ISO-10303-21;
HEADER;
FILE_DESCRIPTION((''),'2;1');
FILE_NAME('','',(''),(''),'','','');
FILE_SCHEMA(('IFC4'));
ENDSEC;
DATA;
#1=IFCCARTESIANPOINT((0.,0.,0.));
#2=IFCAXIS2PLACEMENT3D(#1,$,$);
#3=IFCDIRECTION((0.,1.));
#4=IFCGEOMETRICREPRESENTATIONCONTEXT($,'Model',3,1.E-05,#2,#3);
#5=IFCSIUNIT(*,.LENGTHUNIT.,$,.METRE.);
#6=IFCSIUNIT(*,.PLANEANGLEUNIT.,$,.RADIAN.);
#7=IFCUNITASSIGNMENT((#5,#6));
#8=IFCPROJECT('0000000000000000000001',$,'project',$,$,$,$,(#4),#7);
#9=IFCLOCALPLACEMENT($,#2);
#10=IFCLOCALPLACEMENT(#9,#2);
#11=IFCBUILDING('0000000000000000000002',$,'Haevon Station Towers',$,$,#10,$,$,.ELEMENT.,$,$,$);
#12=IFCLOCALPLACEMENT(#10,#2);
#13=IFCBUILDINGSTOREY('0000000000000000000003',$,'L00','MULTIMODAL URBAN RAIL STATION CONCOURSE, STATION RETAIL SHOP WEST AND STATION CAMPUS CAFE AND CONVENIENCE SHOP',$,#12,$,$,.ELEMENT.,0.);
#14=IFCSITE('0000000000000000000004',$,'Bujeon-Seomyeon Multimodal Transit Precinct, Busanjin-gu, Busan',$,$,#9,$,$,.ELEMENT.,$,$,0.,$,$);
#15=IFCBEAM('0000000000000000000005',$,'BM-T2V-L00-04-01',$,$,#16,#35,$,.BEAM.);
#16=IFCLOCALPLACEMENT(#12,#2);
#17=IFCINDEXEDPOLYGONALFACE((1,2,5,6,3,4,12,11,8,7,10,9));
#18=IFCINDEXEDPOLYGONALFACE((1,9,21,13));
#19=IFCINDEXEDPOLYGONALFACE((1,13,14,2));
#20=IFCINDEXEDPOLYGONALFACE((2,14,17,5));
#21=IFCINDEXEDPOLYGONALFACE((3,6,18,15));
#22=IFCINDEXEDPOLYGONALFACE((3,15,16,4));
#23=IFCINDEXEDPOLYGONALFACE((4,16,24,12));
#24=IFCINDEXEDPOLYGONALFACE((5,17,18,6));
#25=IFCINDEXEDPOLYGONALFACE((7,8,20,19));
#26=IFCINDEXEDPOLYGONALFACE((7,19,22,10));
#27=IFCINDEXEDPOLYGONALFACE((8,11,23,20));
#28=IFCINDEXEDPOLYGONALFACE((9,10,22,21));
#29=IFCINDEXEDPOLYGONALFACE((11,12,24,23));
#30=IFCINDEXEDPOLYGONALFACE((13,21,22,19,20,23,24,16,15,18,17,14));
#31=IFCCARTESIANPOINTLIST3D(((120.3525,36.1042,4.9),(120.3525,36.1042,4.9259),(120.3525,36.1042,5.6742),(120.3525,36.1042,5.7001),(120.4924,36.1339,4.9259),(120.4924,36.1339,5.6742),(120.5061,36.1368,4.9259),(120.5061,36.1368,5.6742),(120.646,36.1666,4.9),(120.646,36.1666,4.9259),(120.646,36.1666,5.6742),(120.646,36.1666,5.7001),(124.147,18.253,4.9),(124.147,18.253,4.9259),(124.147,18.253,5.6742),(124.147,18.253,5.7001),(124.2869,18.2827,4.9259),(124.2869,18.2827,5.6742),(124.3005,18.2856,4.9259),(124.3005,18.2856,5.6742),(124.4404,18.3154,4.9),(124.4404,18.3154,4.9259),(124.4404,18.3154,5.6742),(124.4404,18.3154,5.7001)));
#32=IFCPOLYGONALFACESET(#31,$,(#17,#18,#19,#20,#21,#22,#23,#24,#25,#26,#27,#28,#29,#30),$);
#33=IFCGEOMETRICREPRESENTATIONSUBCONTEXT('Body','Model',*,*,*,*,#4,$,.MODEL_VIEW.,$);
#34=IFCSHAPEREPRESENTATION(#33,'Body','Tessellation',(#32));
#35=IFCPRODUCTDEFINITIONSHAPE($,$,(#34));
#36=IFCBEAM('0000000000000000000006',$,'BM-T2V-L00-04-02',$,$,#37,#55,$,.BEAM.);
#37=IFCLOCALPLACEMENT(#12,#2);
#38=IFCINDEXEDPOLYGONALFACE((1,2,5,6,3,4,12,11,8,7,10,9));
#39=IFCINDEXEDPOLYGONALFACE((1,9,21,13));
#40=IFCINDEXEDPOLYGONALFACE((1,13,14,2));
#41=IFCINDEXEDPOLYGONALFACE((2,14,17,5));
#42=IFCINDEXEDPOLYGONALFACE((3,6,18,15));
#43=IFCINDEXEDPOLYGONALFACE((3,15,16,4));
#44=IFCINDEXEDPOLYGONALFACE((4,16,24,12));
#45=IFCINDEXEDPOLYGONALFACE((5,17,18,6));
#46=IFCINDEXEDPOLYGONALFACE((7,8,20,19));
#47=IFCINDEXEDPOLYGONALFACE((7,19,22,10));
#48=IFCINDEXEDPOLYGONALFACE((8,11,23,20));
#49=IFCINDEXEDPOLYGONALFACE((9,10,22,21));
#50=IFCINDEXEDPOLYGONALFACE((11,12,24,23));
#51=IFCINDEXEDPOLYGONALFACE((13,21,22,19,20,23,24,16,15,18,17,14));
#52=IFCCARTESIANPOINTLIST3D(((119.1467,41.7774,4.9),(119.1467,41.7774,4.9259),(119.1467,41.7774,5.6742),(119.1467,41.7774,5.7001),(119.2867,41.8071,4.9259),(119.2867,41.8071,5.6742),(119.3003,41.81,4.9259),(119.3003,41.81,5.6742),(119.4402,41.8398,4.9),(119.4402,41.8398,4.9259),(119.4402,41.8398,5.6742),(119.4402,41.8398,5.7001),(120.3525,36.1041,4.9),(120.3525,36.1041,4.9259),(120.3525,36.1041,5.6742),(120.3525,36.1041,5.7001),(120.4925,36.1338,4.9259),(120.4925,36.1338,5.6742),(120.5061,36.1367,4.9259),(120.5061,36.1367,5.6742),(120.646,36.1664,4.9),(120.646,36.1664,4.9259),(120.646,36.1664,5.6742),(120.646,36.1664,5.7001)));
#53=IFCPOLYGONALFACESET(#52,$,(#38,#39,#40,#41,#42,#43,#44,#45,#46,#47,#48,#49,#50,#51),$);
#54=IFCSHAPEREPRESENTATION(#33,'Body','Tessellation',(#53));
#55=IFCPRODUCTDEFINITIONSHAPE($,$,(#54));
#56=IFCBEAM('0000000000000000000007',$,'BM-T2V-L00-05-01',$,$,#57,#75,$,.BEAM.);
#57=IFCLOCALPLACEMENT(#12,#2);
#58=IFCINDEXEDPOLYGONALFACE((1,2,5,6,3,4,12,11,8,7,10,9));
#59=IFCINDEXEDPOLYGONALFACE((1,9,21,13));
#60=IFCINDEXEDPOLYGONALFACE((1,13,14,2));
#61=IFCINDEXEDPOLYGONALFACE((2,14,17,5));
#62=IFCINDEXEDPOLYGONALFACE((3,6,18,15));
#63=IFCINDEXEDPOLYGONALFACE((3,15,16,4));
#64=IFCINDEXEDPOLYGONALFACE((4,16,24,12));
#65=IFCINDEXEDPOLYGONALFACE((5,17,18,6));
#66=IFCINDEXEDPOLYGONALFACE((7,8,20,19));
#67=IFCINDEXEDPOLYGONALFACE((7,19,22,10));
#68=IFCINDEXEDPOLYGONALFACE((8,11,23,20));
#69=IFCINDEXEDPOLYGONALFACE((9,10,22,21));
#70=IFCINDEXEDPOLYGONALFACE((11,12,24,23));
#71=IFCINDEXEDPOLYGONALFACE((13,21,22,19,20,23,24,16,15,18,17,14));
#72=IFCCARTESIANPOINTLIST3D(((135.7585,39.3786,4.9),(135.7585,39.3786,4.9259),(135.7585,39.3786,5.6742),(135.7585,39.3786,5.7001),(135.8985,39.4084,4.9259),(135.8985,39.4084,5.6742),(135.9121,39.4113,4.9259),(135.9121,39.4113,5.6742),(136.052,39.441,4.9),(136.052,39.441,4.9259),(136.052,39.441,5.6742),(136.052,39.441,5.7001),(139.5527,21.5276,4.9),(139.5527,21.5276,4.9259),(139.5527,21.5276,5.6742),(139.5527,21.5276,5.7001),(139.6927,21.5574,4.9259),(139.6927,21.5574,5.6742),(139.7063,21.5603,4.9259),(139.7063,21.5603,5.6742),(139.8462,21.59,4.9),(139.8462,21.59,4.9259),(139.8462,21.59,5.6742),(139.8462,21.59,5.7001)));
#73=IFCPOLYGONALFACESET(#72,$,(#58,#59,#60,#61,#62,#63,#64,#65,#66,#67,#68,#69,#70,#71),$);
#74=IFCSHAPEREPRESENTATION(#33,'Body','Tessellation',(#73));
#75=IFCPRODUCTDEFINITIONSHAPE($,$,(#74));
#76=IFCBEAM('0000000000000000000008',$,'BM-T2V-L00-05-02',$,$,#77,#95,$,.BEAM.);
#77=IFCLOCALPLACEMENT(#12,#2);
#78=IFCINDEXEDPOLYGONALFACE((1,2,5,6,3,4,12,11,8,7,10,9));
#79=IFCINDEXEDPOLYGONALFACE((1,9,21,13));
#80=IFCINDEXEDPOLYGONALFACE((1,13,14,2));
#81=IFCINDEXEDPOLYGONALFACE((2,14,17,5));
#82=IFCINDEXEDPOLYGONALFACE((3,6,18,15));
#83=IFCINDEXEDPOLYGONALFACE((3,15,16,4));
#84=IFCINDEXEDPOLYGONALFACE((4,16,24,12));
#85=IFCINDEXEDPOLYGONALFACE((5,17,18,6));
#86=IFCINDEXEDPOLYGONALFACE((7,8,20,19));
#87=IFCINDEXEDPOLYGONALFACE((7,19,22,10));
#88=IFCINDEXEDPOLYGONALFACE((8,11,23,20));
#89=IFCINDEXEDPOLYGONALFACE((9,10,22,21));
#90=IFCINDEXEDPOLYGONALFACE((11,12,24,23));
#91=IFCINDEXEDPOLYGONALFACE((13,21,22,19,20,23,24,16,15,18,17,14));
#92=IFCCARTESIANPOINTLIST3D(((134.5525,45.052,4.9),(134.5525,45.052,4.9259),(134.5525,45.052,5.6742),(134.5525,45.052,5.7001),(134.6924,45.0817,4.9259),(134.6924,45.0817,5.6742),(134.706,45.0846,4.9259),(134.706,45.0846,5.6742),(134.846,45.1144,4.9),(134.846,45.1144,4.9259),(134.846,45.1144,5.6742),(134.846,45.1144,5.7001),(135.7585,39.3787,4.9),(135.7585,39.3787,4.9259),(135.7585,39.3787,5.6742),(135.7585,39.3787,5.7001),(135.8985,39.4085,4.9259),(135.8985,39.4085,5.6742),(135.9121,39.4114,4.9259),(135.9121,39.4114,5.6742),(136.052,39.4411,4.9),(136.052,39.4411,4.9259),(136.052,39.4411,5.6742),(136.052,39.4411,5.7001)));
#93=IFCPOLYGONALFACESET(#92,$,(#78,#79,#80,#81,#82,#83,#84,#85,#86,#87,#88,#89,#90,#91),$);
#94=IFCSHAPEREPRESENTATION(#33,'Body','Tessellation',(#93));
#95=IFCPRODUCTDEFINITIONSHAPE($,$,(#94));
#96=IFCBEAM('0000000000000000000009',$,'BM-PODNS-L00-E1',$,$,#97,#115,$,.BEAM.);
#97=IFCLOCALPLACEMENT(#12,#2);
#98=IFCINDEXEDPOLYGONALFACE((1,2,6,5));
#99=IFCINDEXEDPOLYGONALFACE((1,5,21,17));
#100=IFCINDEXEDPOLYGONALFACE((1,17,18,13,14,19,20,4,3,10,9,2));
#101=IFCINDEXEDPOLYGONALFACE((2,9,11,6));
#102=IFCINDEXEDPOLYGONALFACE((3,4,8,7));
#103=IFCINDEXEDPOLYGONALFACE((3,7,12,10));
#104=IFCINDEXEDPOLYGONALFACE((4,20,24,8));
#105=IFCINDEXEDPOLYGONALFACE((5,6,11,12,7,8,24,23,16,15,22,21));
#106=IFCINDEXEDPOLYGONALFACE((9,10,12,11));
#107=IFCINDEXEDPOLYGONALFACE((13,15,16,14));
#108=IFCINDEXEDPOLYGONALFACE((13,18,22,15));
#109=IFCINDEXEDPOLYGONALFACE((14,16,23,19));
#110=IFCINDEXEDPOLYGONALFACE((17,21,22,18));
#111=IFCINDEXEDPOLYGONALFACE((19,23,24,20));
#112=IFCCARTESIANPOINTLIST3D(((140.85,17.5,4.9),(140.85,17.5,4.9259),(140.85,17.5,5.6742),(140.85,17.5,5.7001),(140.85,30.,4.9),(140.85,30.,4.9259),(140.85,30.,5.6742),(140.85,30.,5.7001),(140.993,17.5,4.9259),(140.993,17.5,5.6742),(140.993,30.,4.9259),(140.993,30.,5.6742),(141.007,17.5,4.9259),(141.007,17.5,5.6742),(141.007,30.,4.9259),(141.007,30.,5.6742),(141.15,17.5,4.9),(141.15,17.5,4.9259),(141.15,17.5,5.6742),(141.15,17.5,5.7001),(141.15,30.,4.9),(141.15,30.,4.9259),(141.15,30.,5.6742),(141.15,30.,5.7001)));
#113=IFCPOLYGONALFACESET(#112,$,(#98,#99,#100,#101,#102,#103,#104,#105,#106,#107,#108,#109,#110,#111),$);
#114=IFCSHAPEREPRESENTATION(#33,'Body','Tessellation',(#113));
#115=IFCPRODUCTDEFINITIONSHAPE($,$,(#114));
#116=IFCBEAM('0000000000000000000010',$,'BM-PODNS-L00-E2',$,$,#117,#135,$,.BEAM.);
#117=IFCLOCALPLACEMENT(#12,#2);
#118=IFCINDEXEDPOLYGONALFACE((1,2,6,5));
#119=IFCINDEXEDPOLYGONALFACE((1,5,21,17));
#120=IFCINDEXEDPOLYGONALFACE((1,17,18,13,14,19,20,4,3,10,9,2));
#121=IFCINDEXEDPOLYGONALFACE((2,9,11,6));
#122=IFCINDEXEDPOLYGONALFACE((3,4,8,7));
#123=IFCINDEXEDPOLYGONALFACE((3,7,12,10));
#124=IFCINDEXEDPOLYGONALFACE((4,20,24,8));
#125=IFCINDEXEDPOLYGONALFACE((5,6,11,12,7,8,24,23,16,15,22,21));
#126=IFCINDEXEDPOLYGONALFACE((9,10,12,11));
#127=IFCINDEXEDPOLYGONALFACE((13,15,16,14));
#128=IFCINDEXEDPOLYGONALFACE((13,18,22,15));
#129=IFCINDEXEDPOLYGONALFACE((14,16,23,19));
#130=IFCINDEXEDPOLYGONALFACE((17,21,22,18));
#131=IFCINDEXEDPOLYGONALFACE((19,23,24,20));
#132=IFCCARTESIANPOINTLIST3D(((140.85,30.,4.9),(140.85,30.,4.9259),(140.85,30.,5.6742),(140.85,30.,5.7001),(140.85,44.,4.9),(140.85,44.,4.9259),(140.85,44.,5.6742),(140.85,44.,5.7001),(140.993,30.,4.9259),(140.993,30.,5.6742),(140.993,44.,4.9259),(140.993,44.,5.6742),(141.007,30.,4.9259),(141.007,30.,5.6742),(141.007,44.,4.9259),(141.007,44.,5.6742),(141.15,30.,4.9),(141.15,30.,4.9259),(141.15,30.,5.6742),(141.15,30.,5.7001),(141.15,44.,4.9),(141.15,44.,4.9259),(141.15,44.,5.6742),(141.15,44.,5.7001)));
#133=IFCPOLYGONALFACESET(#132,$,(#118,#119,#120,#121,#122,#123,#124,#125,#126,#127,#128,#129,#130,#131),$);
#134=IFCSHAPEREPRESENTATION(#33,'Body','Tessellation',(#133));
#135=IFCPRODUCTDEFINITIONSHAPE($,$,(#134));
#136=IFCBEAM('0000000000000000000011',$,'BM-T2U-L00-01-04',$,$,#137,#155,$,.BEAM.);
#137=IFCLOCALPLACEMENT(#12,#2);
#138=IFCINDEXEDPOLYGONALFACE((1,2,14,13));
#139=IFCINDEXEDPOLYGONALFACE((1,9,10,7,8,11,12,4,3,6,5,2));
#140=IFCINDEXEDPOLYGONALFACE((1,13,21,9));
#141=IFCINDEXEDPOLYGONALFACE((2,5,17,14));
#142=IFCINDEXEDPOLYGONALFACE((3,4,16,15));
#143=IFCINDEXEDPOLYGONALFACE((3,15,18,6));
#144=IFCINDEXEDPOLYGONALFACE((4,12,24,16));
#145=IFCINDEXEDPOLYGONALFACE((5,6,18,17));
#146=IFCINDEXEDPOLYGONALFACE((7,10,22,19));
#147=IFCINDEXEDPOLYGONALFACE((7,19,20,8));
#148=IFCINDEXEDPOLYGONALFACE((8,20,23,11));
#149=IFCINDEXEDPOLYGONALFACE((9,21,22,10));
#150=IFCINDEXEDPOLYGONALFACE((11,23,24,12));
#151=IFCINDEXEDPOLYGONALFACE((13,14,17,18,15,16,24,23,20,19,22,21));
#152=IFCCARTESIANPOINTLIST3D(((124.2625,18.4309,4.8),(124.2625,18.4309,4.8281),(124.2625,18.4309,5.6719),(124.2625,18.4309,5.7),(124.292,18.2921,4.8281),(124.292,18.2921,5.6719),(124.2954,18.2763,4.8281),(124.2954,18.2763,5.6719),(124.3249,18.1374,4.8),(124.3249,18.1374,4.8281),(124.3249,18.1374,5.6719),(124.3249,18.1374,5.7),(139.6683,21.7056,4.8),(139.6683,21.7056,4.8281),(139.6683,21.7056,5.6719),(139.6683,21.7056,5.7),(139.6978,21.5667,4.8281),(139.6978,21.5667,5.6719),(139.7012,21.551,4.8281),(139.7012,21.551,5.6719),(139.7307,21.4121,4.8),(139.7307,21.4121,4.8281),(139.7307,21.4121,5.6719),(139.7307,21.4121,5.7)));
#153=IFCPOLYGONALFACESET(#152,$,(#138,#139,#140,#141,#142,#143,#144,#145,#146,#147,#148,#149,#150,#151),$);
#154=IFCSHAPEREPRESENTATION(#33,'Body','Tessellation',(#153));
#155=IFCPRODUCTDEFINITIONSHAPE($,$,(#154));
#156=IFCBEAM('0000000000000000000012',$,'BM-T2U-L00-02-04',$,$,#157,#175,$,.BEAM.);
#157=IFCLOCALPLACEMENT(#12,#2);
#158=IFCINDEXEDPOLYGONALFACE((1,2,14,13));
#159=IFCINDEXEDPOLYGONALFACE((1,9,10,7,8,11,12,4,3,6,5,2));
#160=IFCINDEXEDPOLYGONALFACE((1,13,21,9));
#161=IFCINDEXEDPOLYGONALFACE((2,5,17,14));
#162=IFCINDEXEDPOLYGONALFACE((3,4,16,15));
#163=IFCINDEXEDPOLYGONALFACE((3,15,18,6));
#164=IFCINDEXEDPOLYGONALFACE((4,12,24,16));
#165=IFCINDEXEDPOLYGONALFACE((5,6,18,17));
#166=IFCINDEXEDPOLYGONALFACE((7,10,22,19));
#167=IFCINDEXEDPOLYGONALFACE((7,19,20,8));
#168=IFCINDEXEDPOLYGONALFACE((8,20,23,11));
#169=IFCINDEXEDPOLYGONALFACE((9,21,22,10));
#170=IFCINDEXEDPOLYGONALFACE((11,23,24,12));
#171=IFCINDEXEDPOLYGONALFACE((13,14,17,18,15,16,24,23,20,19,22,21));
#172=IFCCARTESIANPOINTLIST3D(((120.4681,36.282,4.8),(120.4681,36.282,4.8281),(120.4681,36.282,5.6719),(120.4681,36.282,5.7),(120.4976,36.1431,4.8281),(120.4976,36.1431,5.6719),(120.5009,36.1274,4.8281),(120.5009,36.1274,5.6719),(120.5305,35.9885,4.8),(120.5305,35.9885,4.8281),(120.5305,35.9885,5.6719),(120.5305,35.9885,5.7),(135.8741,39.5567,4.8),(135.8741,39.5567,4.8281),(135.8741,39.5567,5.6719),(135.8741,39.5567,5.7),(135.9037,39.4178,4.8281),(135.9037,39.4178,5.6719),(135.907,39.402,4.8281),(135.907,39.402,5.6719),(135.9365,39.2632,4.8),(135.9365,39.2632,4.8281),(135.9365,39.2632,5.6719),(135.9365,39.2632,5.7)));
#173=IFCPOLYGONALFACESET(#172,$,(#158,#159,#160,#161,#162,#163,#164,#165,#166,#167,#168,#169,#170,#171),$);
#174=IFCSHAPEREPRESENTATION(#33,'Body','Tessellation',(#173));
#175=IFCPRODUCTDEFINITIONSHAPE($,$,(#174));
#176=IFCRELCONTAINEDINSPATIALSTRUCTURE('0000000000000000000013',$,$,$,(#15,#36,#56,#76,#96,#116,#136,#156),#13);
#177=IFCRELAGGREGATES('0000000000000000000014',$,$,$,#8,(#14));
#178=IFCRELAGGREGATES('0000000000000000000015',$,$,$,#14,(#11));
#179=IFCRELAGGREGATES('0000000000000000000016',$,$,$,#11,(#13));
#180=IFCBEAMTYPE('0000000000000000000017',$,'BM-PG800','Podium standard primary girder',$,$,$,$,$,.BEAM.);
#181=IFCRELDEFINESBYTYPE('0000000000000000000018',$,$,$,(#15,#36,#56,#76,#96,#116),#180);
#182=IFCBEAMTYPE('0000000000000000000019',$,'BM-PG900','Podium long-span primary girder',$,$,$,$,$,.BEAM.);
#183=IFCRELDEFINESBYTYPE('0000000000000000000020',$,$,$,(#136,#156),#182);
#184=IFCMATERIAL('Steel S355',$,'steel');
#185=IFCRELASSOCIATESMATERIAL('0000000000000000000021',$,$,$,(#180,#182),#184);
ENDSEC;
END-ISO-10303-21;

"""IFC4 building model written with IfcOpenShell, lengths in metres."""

from ifc_helpers import new_model, si_unit, direction, frame, origin, origin_2d, place, context, subcontext, project, spatial, i_section, extrude, material, material_profile, profile_set, type_object, element, save


model = new_model("IFC4")

# Units and contexts
model_context = context("Model", 3, precision=1e-05, world=origin(), true_north=direction((0.0, 1.0)))
body_context = subcontext(model_context, "Body", "Model", "MODEL_VIEW")
ifc_project = project(units=[si_unit("LENGTHUNIT", "METRE"), si_unit("PLANEANGLEUNIT", "RADIAN")], contexts=[model_context])

# Site, building, storey
site_placement = place(None, origin())
site = spatial("IfcSite", under=ifc_project, at=site_placement, Name="Bujeon-Seomyeon Multimodal Transit Precinct, Busanjin-gu, Busan", CompositionType="ELEMENT", RefElevation=0.0)
building_placement = place(site_placement, origin())
building = spatial("IfcBuilding", under=site, at=building_placement, Name="Haevon Station Towers", CompositionType="ELEMENT")
storey_placement = place(building_placement, origin())
storey = spatial("IfcBuildingStorey", under=building, at=storey_placement, Name="L00", Description="MULTIMODAL URBAN RAIL STATION CONCOURSE, STATION RETAIL SHOP WEST AND STATION CAMPUS CAFE AND CONVENIENCE SHOP", CompositionType="ELEMENT", Elevation=0.0)

# Beams
ifc_material_1 = material(Name="Steel S355", Category="steel")
ifc_material_profile_1 = material_profile(ifc_material_1, i_section(OverallWidth=0.3, OverallDepth=0.8, WebThickness=0.0139, FlangeThickness=0.0259, at=origin_2d()), Name="H-800x300x14x26")
ifc_profile_set_1 = profile_set([ifc_material_profile_1], Name="Steel S355")
beam_type_1 = type_object("IfcBeamType", Name="BM-PG800", Description="Podium standard primary girder", PredefinedType="BEAM", material=ifc_profile_set_1)
beam_1_placement = place(storey_placement, frame((124.2937, 18.2842, 5.3), z_axis=(-0.207915, 0.978147, 0.0), x_axis=(-0.978147, -0.207915, 0.0)))
element("IfcBeam", 1, at=beam_1_placement, inside=storey, type_object=beam_type_1, Name="BM-T2V-L00-04-01", PredefinedType="BEAM", context=body_context, shape_type="SweptSolid", body=[
    extrude(i_section(OverallWidth=0.3, OverallDepth=0.8, WebThickness=0.0139, FlangeThickness=0.0259, at=origin_2d()), origin(), (0.0, 0.0, 1.0), 18.25),
])
beam_2_placement = place(storey_placement, frame((120.4993, 36.1353, 5.3), z_axis=(-0.207896, 0.978151, 0.0), x_axis=(-0.978151, -0.207896, 0.0)))
element("IfcBeam", 2, at=beam_2_placement, inside=storey, type_object=beam_type_1, Name="BM-T2V-L00-04-02", PredefinedType="BEAM", context=body_context, shape_type="SweptSolid", body=[
    extrude(i_section(OverallWidth=0.3, OverallDepth=0.8, WebThickness=0.0139, FlangeThickness=0.0259, at=origin_2d()), origin(), (0.0, 0.0, 1.0), 5.8),
])
beam_3_placement = place(storey_placement, frame((139.6995, 21.5588, 5.3), z_axis=(-0.207903, 0.97815, 0.0), x_axis=(-0.97815, -0.207903, 0.0)))
element("IfcBeam", 3, at=beam_3_placement, inside=storey, type_object=beam_type_1, Name="BM-T2V-L00-05-01", PredefinedType="BEAM", context=body_context, shape_type="SweptSolid", body=[
    extrude(i_section(OverallWidth=0.3, OverallDepth=0.8, WebThickness=0.0139, FlangeThickness=0.0259, at=origin_2d()), origin(), (0.0, 0.0, 1.0), 18.2498),
])
beam_4_placement = place(storey_placement, frame((135.9053, 39.4099, 5.3), z_axis=(-0.207936, 0.978142, 0.0), x_axis=(-0.978142, -0.207936, 0.0)))
element("IfcBeam", 4, at=beam_4_placement, inside=storey, type_object=beam_type_1, Name="BM-T2V-L00-05-02", PredefinedType="BEAM", context=body_context, shape_type="SweptSolid", body=[
    extrude(i_section(OverallWidth=0.3, OverallDepth=0.8, WebThickness=0.0139, FlangeThickness=0.0259, at=origin_2d()), origin(), (0.0, 0.0, 1.0), 5.8),
])
beam_5_placement = place(storey_placement, frame((141.0, 17.5, 5.3), z_axis=(0.0, 1.0, 0.0), x_axis=(-1.0, 0.0, 0.0)))
element("IfcBeam", 5, at=beam_5_placement, inside=storey, type_object=beam_type_1, Name="BM-PODNS-L00-E1", PredefinedType="BEAM", context=body_context, shape_type="SweptSolid", body=[
    extrude(i_section(OverallWidth=0.3, OverallDepth=0.8, WebThickness=0.0139, FlangeThickness=0.0259, at=origin_2d()), origin(), (0.0, 0.0, 1.0), 12.5),
])
beam_6_placement = place(storey_placement, frame((141.0, 30.0, 5.3), z_axis=(0.0, 1.0, 0.0), x_axis=(-1.0, 0.0, 0.0)))
element("IfcBeam", 6, at=beam_6_placement, inside=storey, type_object=beam_type_1, Name="BM-PODNS-L00-E2", PredefinedType="BEAM", context=body_context, shape_type="SweptSolid", body=[
    extrude(i_section(OverallWidth=0.3, OverallDepth=0.8, WebThickness=0.0139, FlangeThickness=0.0259, at=origin_2d()), origin(), (0.0, 0.0, 1.0), 14.0),
])
ifc_material_profile_2 = material_profile(ifc_material_1, i_section(OverallWidth=0.3, OverallDepth=0.8999, WebThickness=0.0161, FlangeThickness=0.0281, at=origin_2d()), Name="H-900x300x16x28")
ifc_profile_set_2 = profile_set([ifc_material_profile_2], Name="Steel S355")
beam_type_2 = type_object("IfcBeamType", Name="BM-PG900", Description="Podium long-span primary girder", PredefinedType="BEAM", material=ifc_profile_set_2)
beam_7_placement = place(storey_placement, frame((124.2937, 18.2842, 5.25), z_axis=(0.978147, 0.207915, 0.0), x_axis=(-0.207915, 0.978147, 0.0)))
element("IfcBeam", 7, at=beam_7_placement, inside=storey, type_object=beam_type_2, Name="BM-T2U-L00-01-04", PredefinedType="BEAM", context=body_context, shape_type="SweptSolid", body=[
    extrude(i_section(OverallWidth=0.3, OverallDepth=0.8999, WebThickness=0.0161, FlangeThickness=0.0281, at=origin_2d()), origin(), (0.0, 0.0, 1.0), 15.75),
])
beam_8_placement = place(storey_placement, frame((120.4993, 36.1353, 5.25), z_axis=(0.978147, 0.207912, 0.0), x_axis=(-0.207912, 0.978147, 0.0)))
element("IfcBeam", 8, at=beam_8_placement, inside=storey, type_object=beam_type_2, Name="BM-T2U-L00-02-04", PredefinedType="BEAM", context=body_context, shape_type="SweptSolid", body=[
    extrude(i_section(OverallWidth=0.3, OverallDepth=0.8999, WebThickness=0.0161, FlangeThickness=0.0281, at=origin_2d()), origin(), (0.0, 0.0, 1.0), 15.7502),
])

save(model, "model.ifc")
